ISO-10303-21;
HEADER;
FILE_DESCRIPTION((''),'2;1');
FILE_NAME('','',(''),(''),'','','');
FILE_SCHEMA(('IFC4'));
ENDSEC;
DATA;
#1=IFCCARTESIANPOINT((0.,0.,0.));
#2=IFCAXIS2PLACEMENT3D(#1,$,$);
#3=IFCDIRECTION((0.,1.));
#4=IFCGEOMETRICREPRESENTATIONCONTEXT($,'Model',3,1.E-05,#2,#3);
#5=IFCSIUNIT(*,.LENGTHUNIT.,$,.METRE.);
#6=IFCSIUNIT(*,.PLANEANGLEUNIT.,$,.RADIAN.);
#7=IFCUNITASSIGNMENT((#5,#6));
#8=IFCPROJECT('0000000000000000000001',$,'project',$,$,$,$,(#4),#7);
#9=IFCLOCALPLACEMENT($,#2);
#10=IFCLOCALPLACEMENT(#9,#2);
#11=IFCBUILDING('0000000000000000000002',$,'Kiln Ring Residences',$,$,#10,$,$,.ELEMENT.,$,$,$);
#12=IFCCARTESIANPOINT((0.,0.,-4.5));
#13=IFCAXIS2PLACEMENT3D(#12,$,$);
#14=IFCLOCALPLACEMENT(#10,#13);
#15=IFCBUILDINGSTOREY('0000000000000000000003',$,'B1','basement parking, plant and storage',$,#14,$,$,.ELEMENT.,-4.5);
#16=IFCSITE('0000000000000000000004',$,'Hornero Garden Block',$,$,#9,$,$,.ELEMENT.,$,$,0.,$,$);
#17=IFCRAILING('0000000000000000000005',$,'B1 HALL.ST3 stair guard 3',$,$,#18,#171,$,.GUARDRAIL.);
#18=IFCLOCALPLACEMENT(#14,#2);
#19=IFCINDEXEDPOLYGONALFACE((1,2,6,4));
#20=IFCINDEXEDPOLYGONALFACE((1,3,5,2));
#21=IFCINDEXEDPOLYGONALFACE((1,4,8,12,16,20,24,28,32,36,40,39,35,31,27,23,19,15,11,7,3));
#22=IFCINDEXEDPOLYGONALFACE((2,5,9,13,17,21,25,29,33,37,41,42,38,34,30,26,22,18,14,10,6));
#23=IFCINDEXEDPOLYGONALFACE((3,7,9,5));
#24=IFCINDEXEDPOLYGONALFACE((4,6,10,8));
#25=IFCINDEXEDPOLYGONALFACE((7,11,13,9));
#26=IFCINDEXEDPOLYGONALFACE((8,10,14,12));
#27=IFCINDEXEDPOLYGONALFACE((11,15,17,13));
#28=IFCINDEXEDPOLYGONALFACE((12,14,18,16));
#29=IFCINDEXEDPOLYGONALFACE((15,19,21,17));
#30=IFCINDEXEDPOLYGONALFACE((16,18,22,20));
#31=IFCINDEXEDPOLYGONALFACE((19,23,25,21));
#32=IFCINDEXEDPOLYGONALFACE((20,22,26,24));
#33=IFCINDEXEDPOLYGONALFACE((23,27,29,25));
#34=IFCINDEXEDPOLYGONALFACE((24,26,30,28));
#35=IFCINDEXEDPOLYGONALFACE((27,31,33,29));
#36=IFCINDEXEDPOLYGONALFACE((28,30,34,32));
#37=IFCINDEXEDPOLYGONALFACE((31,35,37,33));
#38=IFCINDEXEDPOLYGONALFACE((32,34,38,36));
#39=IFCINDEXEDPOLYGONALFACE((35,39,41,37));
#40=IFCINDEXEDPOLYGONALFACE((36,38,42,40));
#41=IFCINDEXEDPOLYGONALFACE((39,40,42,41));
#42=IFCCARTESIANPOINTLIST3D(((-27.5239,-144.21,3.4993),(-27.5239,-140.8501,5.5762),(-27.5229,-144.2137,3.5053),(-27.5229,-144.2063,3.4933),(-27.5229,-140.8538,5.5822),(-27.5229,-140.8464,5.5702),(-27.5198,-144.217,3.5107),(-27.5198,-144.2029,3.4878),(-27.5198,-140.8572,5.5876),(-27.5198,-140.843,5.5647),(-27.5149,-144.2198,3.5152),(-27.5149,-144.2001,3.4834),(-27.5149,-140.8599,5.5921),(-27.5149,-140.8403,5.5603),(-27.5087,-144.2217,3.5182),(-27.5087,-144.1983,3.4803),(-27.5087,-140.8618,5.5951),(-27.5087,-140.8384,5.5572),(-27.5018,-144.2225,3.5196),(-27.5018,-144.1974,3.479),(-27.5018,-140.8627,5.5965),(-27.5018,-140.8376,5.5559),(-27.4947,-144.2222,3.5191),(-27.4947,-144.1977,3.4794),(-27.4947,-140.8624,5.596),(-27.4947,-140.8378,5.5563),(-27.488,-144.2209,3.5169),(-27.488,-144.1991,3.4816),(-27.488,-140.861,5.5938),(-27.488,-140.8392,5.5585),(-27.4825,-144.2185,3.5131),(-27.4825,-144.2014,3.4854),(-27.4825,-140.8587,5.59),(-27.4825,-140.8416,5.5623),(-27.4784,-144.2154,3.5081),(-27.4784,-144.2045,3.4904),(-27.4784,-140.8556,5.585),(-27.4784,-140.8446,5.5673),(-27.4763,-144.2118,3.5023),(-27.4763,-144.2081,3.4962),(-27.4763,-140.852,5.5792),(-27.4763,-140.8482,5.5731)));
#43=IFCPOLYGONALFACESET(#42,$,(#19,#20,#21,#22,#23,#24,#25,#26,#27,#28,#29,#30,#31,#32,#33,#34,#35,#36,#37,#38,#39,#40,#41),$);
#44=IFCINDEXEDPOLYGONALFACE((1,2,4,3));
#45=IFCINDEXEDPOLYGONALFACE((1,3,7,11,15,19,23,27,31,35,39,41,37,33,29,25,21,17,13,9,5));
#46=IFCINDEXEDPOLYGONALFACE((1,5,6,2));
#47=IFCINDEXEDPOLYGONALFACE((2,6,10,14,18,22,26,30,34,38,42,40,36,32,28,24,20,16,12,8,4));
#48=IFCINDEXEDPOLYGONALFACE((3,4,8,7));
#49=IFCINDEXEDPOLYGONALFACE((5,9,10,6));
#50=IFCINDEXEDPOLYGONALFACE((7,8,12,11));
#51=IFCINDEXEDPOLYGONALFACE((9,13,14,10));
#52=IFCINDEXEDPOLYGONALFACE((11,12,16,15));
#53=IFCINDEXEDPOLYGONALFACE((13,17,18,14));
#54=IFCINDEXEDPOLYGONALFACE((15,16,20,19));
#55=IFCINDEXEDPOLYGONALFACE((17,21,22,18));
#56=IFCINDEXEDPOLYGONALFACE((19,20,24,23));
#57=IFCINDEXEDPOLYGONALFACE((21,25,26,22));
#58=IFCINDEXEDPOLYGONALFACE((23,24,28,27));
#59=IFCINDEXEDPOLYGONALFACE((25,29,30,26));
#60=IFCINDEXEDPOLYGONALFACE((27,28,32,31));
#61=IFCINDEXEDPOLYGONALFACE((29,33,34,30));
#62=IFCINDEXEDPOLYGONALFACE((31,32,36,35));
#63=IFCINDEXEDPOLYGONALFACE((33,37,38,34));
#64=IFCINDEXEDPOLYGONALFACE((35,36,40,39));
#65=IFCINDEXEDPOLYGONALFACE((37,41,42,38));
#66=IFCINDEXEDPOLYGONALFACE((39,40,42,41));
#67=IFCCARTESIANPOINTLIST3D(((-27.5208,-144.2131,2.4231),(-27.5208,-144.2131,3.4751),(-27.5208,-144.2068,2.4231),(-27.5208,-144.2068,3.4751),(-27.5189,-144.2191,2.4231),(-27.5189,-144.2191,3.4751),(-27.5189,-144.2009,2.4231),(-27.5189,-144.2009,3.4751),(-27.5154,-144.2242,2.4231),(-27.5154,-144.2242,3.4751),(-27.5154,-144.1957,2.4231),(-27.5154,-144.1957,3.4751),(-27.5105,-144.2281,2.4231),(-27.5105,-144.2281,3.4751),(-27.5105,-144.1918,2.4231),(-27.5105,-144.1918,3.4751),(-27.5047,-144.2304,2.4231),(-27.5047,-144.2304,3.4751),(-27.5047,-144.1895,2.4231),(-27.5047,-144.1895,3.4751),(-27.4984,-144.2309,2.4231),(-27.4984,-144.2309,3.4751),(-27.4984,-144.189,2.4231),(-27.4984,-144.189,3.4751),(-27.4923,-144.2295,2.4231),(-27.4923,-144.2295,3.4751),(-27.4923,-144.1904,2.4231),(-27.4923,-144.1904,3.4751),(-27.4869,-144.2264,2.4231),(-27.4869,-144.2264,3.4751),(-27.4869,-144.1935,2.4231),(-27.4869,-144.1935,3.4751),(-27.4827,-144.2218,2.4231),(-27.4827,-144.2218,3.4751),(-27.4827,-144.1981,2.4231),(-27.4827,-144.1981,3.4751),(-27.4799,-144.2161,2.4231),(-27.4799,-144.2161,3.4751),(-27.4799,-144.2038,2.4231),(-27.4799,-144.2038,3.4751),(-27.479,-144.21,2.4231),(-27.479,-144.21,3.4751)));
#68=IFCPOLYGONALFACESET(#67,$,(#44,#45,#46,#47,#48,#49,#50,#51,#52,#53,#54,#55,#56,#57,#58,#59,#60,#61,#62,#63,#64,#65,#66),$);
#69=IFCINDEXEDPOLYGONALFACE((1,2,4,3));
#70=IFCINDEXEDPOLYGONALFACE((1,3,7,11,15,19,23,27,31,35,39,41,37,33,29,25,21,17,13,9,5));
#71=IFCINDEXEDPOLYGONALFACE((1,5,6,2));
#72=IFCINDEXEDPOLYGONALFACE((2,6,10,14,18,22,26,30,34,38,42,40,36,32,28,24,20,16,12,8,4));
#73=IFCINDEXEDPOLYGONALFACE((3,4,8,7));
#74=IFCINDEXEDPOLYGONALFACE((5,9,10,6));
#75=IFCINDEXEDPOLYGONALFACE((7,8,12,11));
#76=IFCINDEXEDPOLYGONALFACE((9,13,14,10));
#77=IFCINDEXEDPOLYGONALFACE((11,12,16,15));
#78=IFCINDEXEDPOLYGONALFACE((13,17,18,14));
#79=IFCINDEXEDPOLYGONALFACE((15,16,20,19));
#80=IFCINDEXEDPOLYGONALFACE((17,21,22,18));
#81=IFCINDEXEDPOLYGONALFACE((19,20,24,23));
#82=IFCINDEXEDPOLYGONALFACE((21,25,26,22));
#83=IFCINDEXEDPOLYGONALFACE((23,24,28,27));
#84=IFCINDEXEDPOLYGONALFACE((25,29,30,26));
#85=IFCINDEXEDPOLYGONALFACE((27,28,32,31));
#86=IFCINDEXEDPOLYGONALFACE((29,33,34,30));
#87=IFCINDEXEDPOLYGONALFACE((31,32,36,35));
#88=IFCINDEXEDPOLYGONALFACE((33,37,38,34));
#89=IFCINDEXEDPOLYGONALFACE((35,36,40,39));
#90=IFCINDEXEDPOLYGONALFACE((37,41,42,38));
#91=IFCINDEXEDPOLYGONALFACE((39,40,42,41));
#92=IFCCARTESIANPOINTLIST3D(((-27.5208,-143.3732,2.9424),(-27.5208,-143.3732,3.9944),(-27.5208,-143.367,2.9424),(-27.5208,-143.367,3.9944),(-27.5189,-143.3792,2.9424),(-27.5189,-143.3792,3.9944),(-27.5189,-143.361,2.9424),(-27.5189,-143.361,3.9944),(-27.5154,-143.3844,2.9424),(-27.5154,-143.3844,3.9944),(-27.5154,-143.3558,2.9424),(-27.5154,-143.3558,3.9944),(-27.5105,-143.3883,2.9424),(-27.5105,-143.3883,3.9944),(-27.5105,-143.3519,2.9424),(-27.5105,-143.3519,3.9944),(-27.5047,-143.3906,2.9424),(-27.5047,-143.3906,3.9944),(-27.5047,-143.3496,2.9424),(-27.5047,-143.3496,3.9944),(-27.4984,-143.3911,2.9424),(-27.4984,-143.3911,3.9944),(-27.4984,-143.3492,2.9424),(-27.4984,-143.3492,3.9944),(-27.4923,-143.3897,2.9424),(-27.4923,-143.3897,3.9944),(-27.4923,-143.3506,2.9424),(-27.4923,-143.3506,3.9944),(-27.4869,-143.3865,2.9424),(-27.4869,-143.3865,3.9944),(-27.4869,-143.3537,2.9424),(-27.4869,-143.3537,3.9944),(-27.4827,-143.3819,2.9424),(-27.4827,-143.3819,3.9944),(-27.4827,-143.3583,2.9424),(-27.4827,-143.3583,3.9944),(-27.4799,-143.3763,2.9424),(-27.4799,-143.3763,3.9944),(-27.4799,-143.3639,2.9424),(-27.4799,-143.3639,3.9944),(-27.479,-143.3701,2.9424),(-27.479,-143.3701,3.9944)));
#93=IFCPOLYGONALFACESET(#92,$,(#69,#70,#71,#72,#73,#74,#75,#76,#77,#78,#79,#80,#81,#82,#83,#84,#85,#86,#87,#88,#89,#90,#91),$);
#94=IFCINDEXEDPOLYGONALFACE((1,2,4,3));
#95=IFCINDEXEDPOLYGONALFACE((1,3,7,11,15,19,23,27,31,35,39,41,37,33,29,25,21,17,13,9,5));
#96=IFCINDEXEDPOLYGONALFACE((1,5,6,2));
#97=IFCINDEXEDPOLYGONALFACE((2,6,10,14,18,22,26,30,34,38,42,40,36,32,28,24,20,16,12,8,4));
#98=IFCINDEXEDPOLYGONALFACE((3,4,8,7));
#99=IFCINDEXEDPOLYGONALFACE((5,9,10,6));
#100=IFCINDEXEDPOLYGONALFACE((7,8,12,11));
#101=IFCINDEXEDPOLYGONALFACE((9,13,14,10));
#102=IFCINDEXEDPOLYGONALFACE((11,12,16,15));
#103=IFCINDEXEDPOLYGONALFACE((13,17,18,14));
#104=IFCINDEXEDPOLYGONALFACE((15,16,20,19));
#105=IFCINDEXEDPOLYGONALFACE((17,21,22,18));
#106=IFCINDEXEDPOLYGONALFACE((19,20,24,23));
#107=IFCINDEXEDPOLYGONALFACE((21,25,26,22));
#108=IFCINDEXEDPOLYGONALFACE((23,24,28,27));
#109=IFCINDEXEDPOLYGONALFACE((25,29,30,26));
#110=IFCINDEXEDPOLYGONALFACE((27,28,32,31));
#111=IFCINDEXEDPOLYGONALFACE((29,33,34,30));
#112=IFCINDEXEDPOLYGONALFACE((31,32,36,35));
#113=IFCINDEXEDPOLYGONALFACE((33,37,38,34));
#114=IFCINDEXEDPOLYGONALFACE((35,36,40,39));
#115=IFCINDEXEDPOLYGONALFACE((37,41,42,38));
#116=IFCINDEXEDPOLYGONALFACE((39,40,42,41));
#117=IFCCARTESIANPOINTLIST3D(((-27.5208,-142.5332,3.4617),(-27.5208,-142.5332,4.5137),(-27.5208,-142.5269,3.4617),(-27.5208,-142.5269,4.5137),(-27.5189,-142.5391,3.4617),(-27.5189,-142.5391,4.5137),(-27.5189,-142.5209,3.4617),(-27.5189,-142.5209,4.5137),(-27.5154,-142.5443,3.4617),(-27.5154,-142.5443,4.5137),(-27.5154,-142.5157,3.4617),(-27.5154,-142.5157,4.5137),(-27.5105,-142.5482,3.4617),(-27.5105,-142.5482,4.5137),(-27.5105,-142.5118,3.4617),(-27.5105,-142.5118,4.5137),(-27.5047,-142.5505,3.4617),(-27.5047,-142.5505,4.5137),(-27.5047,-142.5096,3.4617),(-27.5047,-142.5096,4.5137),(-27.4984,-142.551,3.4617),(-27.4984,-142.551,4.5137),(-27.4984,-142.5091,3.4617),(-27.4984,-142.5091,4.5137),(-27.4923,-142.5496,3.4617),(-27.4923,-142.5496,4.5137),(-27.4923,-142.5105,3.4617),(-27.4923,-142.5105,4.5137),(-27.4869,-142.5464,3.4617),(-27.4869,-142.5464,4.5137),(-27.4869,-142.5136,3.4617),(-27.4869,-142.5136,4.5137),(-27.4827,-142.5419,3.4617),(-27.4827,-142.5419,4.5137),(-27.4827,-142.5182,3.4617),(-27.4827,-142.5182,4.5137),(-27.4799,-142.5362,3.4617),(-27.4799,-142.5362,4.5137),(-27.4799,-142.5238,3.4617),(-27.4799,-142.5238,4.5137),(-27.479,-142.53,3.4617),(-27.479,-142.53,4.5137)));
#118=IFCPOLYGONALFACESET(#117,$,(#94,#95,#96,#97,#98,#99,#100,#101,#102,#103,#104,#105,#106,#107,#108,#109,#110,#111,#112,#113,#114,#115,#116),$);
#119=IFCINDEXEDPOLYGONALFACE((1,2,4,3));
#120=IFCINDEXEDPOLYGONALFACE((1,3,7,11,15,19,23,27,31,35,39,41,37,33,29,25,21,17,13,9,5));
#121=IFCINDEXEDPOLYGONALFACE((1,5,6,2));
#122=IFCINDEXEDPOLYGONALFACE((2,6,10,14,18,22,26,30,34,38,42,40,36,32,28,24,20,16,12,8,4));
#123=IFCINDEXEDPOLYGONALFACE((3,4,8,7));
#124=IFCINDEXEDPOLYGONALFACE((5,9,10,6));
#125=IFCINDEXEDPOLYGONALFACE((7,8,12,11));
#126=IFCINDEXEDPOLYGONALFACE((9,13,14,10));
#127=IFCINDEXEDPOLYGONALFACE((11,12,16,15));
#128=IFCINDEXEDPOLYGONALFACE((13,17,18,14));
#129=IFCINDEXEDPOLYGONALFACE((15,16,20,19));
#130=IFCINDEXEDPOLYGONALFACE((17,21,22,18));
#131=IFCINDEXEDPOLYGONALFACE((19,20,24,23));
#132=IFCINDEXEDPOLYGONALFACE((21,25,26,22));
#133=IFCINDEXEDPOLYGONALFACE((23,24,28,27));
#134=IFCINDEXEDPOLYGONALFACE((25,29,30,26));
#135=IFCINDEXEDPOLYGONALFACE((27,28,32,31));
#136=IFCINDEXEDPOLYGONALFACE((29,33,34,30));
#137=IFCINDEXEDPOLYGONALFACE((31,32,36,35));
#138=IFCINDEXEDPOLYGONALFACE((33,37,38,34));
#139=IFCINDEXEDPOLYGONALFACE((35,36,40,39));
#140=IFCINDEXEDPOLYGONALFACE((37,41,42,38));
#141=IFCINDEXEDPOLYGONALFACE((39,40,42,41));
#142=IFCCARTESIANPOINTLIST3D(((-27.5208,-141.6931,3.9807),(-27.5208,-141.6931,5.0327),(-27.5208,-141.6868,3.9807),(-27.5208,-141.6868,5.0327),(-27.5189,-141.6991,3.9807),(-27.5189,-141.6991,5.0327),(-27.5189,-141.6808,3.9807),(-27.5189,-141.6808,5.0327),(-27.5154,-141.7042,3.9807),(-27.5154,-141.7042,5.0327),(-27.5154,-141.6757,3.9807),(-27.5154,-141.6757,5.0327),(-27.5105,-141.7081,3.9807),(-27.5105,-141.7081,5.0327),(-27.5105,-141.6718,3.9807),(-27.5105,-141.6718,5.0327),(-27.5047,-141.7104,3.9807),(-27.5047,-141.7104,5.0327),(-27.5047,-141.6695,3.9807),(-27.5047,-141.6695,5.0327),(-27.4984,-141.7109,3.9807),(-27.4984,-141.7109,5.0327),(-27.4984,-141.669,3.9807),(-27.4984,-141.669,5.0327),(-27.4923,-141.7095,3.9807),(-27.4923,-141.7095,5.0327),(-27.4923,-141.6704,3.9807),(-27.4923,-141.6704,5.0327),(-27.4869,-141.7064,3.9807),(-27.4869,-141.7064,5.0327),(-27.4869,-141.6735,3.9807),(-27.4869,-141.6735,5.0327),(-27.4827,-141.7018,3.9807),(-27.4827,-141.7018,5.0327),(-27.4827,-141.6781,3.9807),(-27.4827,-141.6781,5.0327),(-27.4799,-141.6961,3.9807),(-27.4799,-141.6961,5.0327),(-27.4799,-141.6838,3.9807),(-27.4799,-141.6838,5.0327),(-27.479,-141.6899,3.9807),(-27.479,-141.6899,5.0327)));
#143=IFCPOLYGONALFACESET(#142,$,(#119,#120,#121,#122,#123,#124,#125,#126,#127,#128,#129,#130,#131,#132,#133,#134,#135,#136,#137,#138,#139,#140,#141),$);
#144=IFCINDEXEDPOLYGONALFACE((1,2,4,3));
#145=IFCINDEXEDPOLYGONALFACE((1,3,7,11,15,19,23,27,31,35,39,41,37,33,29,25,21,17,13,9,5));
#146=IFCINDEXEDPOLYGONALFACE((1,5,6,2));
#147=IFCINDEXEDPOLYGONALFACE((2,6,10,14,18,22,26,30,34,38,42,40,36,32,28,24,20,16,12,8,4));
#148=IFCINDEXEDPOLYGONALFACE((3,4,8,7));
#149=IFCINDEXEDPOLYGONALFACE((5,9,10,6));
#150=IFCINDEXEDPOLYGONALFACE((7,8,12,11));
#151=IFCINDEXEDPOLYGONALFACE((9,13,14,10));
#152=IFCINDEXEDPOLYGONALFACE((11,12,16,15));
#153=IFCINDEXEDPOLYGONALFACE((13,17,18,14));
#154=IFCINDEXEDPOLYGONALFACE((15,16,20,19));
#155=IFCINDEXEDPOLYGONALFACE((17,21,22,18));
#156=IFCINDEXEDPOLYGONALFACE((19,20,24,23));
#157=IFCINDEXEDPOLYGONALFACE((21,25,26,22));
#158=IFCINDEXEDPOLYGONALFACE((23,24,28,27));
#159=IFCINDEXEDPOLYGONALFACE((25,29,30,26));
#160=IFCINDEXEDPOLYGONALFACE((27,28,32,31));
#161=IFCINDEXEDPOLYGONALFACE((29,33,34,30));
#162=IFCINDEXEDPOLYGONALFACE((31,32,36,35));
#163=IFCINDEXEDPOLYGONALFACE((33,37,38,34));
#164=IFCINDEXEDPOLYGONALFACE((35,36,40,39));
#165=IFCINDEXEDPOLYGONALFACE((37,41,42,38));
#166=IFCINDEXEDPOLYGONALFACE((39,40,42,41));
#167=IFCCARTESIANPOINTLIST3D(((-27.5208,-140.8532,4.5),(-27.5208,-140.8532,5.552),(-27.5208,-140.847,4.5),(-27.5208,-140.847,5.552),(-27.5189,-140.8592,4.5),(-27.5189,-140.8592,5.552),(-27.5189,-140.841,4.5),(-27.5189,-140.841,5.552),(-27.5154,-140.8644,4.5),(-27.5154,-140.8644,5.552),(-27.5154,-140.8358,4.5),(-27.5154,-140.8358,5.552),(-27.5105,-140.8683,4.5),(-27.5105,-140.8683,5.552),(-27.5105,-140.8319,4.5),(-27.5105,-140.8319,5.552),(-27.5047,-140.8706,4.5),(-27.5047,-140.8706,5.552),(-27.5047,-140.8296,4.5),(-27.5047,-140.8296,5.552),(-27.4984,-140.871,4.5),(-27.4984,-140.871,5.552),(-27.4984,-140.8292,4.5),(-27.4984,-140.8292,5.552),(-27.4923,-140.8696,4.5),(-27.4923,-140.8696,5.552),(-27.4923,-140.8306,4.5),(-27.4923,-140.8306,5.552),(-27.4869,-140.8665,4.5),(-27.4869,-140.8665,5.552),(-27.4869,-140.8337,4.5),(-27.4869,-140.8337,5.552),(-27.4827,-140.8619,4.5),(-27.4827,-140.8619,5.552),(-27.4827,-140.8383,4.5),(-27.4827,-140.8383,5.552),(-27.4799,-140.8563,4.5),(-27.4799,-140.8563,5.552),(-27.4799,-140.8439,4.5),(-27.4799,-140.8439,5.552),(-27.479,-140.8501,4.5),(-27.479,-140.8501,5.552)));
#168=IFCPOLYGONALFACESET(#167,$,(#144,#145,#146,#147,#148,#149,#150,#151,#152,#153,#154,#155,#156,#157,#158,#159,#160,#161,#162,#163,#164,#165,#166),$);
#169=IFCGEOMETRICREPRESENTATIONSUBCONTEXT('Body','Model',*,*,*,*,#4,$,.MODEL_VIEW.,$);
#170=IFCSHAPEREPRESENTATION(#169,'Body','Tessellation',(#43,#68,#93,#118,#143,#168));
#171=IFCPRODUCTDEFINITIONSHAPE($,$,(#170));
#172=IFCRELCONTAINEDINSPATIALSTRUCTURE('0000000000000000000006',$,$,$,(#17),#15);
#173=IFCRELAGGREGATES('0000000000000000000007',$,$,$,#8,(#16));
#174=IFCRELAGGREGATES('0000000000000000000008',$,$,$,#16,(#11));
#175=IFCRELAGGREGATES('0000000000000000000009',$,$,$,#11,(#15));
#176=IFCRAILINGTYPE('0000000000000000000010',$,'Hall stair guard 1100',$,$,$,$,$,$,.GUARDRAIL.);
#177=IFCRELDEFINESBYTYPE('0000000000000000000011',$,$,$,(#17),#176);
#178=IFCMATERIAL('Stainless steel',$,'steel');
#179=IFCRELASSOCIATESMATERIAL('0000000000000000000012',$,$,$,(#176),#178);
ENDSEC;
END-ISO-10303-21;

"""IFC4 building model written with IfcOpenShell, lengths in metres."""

from ifc_helpers import new_model, si_unit, direction, frame, origin, origin_2d, place, context, subcontext, project, spatial, circle, extrude, material, type_object, element, save


model = new_model("IFC4")

# Units and contexts
model_context = context("Model", 3, precision=1e-05, world=origin(), true_north=direction((0.0, 1.0)))
body_context = subcontext(model_context, "Body", "Model", "MODEL_VIEW")
ifc_project = project(units=[si_unit("LENGTHUNIT", "METRE"), si_unit("PLANEANGLEUNIT", "RADIAN")], contexts=[model_context])

# Site, building, storey
site_placement = place(None, origin())
site = spatial("IfcSite", under=ifc_project, at=site_placement, Name="Hornero Garden Block", CompositionType="ELEMENT", RefElevation=0.0)
building_placement = place(site_placement, origin())
building = spatial("IfcBuilding", under=site, at=building_placement, Name="Kiln Ring Residences", CompositionType="ELEMENT")
storey_placement = place(building_placement, frame((0.0, 0.0, -4.5)))
storey = spatial("IfcBuildingStorey", under=building, at=storey_placement, Name="B1", Description="basement parking, plant and storage", CompositionType="ELEMENT", Elevation=-4.5)

# Railing
ifc_material_1 = material(Name="Stainless steel", Category="steel")
railing_type_1 = type_object("IfcRailingType", Name="Hall stair guard 1100", PredefinedType="GUARDRAIL", material=ifc_material_1)
railing_1_placement = place(storey_placement, frame((-27.5, -144.21, 2.4231)))
element("IfcRailing", 1, at=railing_1_placement, inside=storey, type_object=railing_type_1, Name="B1 HALL.ST3 stair guard 3", PredefinedType="GUARDRAIL", context=body_context, shape_type="SweptSolid", body=[
    extrude(circle(Radius=0.0239, at=origin_2d()), frame((0.0, 0.0, 1.0762), z_axis=(0.0, 0.850606, 0.525803), x_axis=(-1.0, 0.0, 0.0)), (0.0, 0.0, 1.0), 3.95),
    extrude(circle(Radius=0.021, at=origin_2d()), origin(), (0.0, 0.0, 1.0), 1.052),
    extrude(circle(Radius=0.021, at=origin_2d()), frame((0.0, 0.8398, 0.5193)), (0.0, 0.0, 1.0), 1.052),
    extrude(circle(Radius=0.021, at=origin_2d()), frame((0.0, 1.6799, 1.0386)), (0.0, 0.0, 1.0), 1.052),
    extrude(circle(Radius=0.021, at=origin_2d()), frame((0.0, 2.52, 1.5576)), (0.0, 0.0, 1.0), 1.052),
    extrude(circle(Radius=0.021, at=origin_2d()), frame((0.0, 3.3599, 2.0769)), (0.0, 0.0, 1.0), 1.052),
])

save(model, "model.ifc")
